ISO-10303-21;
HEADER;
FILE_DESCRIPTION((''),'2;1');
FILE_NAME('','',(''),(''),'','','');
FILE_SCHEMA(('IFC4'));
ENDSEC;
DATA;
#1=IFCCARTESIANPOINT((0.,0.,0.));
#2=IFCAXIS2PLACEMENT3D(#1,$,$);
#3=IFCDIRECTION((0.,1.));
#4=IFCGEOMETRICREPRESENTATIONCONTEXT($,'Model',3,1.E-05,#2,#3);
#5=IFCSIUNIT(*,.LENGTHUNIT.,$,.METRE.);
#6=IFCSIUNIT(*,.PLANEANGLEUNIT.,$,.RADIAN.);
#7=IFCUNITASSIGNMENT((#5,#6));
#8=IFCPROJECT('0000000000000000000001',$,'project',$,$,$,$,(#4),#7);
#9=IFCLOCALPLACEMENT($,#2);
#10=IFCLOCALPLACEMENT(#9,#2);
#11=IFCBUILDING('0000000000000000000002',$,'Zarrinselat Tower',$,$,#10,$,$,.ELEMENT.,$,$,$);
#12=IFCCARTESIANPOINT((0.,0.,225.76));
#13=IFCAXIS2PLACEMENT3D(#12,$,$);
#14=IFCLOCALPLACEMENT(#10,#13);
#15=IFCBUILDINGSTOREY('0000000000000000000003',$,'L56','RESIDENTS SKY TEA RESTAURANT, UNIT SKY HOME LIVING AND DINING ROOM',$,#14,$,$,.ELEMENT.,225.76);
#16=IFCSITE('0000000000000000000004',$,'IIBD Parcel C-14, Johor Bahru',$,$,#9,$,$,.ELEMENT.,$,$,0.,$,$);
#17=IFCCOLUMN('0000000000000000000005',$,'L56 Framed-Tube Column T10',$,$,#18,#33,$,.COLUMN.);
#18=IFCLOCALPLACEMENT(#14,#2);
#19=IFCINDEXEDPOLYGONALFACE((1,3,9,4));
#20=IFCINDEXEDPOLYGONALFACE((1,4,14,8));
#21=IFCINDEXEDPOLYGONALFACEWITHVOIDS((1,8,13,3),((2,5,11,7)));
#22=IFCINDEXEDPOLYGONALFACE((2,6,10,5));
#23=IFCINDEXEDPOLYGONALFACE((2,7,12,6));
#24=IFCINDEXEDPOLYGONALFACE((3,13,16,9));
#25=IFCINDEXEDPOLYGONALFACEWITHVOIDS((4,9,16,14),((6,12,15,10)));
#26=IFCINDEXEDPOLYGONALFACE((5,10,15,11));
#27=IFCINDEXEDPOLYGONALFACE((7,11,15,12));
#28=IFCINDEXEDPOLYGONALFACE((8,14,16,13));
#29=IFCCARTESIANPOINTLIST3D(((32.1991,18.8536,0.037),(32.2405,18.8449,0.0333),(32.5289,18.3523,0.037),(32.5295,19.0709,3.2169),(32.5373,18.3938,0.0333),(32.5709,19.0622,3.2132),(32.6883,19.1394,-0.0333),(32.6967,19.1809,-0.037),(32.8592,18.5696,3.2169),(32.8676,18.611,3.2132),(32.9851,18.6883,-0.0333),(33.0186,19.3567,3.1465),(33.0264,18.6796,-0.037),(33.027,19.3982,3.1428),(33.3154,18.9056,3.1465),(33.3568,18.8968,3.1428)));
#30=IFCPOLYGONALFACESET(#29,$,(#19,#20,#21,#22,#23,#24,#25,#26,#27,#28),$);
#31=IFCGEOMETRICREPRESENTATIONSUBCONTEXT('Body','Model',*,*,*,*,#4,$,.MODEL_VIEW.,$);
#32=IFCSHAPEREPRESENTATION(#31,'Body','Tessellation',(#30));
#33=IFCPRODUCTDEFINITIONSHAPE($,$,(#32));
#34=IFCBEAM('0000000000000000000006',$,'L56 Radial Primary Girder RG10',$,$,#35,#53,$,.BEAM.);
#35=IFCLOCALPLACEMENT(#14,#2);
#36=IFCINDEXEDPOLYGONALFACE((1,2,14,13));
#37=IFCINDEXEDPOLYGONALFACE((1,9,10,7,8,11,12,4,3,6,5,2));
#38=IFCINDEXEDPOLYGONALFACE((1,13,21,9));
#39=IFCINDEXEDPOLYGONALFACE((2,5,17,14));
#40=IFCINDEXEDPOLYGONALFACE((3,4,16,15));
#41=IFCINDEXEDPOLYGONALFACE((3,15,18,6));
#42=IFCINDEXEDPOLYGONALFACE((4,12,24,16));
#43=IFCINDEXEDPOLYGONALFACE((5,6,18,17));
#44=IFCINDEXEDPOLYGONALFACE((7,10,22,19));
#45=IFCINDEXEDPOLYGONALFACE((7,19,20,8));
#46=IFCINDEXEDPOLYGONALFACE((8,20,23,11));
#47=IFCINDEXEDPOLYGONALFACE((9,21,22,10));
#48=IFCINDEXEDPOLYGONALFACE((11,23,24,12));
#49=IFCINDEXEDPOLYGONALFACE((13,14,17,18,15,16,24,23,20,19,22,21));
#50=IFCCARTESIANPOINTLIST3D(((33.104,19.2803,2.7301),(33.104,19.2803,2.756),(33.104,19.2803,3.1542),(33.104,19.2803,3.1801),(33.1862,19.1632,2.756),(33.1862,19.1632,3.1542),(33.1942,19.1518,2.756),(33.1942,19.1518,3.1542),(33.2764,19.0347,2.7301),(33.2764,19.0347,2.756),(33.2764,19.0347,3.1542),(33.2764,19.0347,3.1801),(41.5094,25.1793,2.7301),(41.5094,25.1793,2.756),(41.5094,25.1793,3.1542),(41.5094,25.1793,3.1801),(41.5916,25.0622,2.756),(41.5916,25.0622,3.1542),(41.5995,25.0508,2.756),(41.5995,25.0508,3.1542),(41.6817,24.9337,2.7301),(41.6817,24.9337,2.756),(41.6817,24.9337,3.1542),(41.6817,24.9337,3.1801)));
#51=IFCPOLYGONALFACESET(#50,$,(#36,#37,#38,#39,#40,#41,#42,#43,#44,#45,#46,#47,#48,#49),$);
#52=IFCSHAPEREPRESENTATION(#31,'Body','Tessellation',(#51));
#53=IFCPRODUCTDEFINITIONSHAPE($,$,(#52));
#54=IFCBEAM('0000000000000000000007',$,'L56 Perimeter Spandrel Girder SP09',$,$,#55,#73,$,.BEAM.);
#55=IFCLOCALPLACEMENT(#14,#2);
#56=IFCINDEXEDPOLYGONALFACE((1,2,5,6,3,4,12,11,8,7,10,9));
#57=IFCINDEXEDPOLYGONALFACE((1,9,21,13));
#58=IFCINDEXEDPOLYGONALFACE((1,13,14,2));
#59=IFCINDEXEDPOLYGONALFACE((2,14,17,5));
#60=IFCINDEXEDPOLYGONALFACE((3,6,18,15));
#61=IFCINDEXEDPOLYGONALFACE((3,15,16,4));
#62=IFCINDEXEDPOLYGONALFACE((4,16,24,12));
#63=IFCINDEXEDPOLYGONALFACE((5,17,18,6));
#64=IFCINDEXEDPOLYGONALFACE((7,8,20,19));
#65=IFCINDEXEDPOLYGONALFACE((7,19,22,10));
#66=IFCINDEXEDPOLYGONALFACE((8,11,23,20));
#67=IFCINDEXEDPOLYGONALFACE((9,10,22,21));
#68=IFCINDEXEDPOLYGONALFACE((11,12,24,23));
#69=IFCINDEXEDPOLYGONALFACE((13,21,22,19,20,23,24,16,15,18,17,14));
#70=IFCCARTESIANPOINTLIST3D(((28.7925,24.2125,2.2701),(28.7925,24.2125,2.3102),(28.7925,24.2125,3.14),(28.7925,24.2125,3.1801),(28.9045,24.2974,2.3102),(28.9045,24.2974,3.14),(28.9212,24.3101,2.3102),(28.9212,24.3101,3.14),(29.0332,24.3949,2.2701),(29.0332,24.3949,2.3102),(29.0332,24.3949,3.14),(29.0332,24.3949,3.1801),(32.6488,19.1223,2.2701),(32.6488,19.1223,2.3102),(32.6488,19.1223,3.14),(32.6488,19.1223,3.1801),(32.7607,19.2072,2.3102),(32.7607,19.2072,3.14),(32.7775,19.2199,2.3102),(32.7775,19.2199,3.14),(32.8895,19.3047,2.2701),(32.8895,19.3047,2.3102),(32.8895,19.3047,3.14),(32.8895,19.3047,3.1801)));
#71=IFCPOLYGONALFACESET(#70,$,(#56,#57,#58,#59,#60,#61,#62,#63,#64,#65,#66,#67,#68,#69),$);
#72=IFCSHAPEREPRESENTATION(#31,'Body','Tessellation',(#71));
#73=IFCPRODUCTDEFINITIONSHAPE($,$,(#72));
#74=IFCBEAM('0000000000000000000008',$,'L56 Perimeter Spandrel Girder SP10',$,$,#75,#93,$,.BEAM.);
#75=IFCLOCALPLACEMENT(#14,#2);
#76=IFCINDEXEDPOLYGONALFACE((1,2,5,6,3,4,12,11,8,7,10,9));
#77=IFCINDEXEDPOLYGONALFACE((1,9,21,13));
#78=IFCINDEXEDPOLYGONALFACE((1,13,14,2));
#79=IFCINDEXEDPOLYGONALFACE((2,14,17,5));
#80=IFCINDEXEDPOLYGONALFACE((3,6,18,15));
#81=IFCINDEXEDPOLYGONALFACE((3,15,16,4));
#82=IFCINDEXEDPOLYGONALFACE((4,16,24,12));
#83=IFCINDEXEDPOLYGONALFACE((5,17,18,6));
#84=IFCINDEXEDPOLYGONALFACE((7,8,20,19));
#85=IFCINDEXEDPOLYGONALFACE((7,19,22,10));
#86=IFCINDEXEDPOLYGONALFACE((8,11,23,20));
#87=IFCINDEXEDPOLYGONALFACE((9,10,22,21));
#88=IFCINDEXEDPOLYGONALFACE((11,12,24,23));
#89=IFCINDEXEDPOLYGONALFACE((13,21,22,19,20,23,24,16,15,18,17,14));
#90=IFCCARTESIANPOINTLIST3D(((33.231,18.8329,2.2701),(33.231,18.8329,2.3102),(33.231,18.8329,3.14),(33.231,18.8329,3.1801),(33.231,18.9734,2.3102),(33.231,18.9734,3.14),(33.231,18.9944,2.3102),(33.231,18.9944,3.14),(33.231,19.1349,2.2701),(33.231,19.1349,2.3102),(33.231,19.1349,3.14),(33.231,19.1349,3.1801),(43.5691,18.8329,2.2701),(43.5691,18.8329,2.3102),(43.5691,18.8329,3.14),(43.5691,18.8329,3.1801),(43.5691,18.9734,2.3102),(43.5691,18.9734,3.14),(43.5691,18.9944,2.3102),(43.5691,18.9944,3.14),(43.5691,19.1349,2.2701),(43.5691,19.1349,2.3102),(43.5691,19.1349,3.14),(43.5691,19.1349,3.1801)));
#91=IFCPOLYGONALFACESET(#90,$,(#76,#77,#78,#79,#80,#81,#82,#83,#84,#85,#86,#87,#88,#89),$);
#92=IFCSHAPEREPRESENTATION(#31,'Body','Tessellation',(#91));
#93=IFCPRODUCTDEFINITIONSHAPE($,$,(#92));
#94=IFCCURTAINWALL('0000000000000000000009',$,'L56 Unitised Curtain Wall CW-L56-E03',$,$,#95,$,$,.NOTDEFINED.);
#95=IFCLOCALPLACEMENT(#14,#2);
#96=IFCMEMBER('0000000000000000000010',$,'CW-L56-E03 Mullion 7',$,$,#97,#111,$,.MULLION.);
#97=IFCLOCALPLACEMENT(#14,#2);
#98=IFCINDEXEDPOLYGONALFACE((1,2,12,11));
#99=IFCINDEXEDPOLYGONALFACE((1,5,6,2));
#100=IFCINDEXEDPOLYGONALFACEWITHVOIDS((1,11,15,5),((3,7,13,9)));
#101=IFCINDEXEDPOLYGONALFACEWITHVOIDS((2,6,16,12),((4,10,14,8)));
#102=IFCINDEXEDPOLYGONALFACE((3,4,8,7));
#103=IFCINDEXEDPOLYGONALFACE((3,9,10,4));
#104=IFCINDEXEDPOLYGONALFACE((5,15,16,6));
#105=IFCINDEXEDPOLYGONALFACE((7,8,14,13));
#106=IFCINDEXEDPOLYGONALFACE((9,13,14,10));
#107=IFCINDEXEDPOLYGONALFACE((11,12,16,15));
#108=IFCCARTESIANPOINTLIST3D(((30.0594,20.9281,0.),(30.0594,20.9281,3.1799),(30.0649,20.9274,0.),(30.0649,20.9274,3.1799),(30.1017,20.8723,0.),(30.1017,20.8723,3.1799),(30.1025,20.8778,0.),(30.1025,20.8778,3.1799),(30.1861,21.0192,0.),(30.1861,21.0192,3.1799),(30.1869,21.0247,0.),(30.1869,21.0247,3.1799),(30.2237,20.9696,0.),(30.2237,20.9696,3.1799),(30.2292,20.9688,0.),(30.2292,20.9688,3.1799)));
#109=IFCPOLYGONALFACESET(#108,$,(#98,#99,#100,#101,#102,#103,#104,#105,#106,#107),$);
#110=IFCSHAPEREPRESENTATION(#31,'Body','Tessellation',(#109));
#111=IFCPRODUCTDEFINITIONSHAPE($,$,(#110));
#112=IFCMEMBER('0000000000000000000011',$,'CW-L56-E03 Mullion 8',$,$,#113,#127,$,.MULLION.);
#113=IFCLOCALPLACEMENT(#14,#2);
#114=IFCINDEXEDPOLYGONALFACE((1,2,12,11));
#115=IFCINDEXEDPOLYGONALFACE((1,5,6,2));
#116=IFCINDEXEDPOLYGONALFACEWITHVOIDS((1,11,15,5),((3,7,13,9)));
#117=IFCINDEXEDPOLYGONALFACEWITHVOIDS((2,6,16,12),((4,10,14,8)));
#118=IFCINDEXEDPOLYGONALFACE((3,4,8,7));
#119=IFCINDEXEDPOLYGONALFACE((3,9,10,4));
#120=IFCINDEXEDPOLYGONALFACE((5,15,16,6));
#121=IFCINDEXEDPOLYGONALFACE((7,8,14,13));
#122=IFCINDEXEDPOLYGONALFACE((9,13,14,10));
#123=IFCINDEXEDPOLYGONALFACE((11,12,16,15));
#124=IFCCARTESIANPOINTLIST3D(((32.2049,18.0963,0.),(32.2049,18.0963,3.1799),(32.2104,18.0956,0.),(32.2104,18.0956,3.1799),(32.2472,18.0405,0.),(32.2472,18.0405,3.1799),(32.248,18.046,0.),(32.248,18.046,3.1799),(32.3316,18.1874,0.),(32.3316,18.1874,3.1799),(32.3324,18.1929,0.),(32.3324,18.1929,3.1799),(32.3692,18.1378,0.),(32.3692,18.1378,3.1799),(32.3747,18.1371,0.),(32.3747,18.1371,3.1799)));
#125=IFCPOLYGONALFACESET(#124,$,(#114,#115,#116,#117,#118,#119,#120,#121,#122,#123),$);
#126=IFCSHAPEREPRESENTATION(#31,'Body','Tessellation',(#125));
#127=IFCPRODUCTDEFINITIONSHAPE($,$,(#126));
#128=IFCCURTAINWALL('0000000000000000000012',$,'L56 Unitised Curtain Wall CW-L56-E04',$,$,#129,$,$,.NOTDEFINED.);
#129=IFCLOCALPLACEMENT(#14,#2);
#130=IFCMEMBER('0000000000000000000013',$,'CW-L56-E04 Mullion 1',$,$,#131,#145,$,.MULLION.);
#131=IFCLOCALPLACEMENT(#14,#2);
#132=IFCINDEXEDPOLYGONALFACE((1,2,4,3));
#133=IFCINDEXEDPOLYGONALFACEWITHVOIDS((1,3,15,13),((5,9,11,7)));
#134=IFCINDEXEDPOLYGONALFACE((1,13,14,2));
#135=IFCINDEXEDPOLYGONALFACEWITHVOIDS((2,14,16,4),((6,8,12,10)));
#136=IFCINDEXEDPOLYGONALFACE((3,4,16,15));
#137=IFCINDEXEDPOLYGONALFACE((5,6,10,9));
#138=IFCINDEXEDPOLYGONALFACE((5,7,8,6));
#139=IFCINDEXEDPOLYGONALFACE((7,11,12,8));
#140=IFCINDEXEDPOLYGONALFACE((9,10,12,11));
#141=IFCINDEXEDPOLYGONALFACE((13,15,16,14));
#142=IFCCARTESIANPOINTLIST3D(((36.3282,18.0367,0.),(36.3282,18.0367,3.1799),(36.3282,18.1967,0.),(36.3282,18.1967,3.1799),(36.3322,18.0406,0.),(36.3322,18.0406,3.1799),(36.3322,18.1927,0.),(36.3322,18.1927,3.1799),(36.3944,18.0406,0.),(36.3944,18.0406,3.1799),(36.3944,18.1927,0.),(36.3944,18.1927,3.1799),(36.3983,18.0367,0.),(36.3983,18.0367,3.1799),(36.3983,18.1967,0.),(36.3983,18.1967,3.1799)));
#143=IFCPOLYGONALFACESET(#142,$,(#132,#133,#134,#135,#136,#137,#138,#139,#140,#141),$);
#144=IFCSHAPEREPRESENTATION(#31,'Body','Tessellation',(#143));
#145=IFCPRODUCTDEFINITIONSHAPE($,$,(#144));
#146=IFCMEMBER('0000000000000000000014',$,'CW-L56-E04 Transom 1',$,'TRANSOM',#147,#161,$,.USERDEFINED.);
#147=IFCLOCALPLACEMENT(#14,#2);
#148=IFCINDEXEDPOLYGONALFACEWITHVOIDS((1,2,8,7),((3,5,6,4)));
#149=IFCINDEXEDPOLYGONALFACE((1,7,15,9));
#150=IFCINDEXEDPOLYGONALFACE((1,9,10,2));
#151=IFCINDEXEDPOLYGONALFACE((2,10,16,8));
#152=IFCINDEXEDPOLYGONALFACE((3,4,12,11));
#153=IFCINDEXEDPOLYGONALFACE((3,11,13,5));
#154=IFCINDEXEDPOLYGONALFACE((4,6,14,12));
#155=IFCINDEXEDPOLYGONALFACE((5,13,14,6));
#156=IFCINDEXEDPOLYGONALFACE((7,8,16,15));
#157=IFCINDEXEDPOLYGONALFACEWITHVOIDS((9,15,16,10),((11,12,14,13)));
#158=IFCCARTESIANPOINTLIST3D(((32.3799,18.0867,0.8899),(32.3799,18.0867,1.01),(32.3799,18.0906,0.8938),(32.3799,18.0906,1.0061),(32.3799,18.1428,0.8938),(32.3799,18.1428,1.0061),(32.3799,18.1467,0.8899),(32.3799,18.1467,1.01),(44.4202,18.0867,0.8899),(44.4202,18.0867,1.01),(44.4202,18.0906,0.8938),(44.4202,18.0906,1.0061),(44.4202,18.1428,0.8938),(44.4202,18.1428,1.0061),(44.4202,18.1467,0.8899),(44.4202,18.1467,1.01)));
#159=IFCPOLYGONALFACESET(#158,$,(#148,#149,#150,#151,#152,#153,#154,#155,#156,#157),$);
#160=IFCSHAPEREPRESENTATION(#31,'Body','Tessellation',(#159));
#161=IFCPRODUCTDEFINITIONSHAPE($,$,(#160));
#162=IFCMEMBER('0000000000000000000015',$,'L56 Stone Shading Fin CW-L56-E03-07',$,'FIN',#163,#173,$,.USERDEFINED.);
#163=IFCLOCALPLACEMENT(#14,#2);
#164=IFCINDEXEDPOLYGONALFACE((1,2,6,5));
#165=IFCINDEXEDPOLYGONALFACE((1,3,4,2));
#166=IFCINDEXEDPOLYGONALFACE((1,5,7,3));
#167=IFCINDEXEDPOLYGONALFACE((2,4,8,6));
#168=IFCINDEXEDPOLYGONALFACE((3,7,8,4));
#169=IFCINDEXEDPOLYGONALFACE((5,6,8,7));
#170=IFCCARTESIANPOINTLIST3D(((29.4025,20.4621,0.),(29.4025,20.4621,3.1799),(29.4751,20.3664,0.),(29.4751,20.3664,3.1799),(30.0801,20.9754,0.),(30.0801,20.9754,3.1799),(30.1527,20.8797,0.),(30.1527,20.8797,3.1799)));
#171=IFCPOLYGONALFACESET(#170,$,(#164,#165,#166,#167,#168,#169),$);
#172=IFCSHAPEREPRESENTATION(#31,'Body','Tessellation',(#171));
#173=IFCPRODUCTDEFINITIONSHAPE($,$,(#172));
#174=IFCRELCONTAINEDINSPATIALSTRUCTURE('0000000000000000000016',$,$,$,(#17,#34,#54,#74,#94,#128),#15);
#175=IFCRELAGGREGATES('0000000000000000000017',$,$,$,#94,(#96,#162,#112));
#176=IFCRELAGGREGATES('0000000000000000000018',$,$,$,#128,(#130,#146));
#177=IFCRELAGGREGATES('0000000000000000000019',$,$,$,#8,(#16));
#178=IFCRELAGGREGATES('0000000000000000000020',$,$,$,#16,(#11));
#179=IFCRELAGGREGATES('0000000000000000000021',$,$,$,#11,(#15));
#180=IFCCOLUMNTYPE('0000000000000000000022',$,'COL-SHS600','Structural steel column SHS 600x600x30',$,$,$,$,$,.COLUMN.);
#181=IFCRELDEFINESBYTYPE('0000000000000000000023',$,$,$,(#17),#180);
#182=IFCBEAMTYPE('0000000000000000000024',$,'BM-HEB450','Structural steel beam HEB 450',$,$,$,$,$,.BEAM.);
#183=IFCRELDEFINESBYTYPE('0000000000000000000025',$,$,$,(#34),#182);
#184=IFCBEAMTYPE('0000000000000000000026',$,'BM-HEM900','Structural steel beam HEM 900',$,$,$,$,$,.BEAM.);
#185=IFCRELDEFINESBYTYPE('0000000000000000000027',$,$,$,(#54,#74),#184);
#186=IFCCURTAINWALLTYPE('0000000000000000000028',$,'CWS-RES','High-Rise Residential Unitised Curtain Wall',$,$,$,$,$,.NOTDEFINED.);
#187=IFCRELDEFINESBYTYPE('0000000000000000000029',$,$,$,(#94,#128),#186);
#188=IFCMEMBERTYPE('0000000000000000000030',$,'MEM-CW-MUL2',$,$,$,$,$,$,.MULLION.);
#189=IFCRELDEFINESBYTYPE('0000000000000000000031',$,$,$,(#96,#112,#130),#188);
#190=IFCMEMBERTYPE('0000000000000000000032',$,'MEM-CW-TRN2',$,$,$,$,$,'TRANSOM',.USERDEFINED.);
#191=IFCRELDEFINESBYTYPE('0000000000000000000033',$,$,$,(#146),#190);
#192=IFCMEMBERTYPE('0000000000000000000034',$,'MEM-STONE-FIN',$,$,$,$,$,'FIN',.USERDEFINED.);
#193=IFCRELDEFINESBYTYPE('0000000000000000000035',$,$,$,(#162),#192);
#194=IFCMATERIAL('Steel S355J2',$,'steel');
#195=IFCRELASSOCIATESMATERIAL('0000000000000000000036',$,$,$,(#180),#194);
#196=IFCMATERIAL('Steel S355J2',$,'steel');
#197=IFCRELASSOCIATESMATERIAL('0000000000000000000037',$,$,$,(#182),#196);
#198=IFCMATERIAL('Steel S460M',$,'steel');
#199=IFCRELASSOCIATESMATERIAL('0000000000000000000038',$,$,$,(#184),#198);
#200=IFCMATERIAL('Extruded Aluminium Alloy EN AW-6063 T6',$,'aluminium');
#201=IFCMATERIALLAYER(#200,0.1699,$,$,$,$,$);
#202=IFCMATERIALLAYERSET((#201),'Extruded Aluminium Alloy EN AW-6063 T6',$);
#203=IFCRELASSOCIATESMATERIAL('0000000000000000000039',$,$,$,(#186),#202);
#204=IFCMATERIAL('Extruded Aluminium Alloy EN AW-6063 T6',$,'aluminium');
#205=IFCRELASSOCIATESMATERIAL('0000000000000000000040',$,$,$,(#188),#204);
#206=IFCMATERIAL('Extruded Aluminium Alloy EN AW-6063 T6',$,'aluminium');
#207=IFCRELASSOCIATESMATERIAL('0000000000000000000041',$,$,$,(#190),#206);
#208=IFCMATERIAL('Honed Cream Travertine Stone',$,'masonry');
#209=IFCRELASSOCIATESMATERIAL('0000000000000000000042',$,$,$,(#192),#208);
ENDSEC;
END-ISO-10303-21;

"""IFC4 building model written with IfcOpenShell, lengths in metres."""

from ifc_helpers import new_model, si_unit, direction, frame, origin, origin_2d, place, context, subcontext, project, spatial, rectangle, hollow_rectangle, i_section, extrude, material, layer, layer_set, material_profile, profile_set, type_object, element, aggregate, save


model = new_model("IFC4")

# Units and contexts
model_context = context("Model", 3, precision=1e-05, world=origin(), true_north=direction((0.0, 1.0)))
body_context = subcontext(model_context, "Body", "Model", "MODEL_VIEW")
ifc_project = project(units=[si_unit("LENGTHUNIT", "METRE"), si_unit("PLANEANGLEUNIT", "RADIAN")], contexts=[model_context])

# Site, building, storey
site_placement = place(None, origin())
site = spatial("IfcSite", under=ifc_project, at=site_placement, Name="IIBD Parcel C-14, Johor Bahru", CompositionType="ELEMENT", RefElevation=0.0)
building_placement = place(site_placement, origin())
building = spatial("IfcBuilding", under=site, at=building_placement, Name="Zarrinselat Tower", CompositionType="ELEMENT")
storey_placement = place(building_placement, frame((0.0, 0.0, 225.76)))
storey = spatial("IfcBuildingStorey", under=building, at=storey_placement, Name="L56", Description="RESIDENTS SKY TEA RESTAURANT, UNIT SKY HOME LIVING AND DINING ROOM", CompositionType="ELEMENT", Elevation=225.76)

# Column
ifc_material_1 = material(Name="Steel S355J2", Category="steel")
ifc_material_profile_1 = material_profile(ifc_material_1, hollow_rectangle(XDim=0.6001, YDim=0.6001, WallThickness=0.03, at=origin_2d()), Name="SHS 600x600x30")
ifc_profile_set_1 = profile_set([ifc_material_profile_1], Name="Steel S355J2")
column_type = type_object("IfcColumnType", Name="COL-SHS600", Description="Structural steel column SHS 600x600x30", PredefinedType="COLUMN", material=ifc_profile_set_1)
column_placement = place(storey_placement, frame((32.6128, 18.7666, 0.0), z_axis=(0.103083, 0.067808, 0.992359), x_axis=(-0.54956, 0.835454, 0.0)))
element("IfcColumn", 1, at=column_placement, inside=storey, type_object=column_type, Name="L56 Framed-Tube Column T10", PredefinedType="COLUMN", context=body_context, shape_type="SweptSolid", body=[
    extrude(hollow_rectangle(XDim=0.6001, YDim=0.6001, WallThickness=0.03, at=origin_2d()), origin(), (0.0, 0.0, 1.0), 3.2043),
])

# Beams
ifc_material_2 = material(Name="Steel S355J2", Category="steel")
ifc_material_profile_2 = material_profile(ifc_material_2, i_section(OverallWidth=0.3, OverallDepth=0.45, WebThickness=0.0139, FlangeThickness=0.0259, at=origin_2d()), Name="HEB 450")
ifc_profile_set_2 = profile_set([ifc_material_profile_2], Name="Steel S355J2")
beam_type_1 = type_object("IfcBeamType", Name="BM-HEB450", Description="Structural steel beam HEB 450", PredefinedType="BEAM", material=ifc_profile_set_2)
beam_1_placement = place(storey_placement, frame((33.1902, 19.1575, 2.9551), z_axis=(0.818534, 0.574458, 0.0), x_axis=(-0.574458, 0.818534, 0.0)))
element("IfcBeam", 2, at=beam_1_placement, inside=storey, type_object=beam_type_1, Name="L56 Radial Primary Girder RG10", PredefinedType="BEAM", context=body_context, shape_type="SweptSolid", body=[
    extrude(i_section(OverallWidth=0.3, OverallDepth=0.45, WebThickness=0.0139, FlangeThickness=0.0259, at=origin_2d()), origin(), (0.0, 0.0, 1.0), 10.2688),
])
ifc_material_3 = material(Name="Steel S460M", Category="steel")
ifc_material_profile_3 = material_profile(ifc_material_3, i_section(OverallWidth=0.302, OverallDepth=0.9099, WebThickness=0.021, FlangeThickness=0.04, at=origin_2d()), Name="HEM 900")
ifc_profile_set_3 = profile_set([ifc_material_profile_3], Name="Steel S460M")
beam_type_2 = type_object("IfcBeamType", Name="BM-HEM900", Description="Structural steel beam HEM 900", PredefinedType="BEAM", material=ifc_profile_set_3)
beam_2_placement = place(storey_placement, frame((28.9128, 24.3037, 2.7251), z_axis=(0.603865, -0.797087, 0.0), x_axis=(0.797087, 0.603865, 0.0)))
element("IfcBeam", 3, at=beam_2_placement, inside=storey, type_object=beam_type_2, Name="L56 Perimeter Spandrel Girder SP09", PredefinedType="BEAM", context=body_context, shape_type="SweptSolid", body=[
    extrude(i_section(OverallWidth=0.302, OverallDepth=0.9099, WebThickness=0.021, FlangeThickness=0.04, at=origin_2d()), origin(), (0.0, 0.0, 1.0), 6.386),
])
beam_3_placement = place(storey_placement, frame((33.231, 18.9839, 2.7251), z_axis=(1.0, 0.0, 0.0), x_axis=(0.0, 1.0, 0.0)))
element("IfcBeam", 4, at=beam_3_placement, inside=storey, type_object=beam_type_2, Name="L56 Perimeter Spandrel Girder SP10", PredefinedType="BEAM", context=body_context, shape_type="SweptSolid", body=[
    extrude(i_section(OverallWidth=0.302, OverallDepth=0.9099, WebThickness=0.021, FlangeThickness=0.04, at=origin_2d()), origin(), (0.0, 0.0, 1.0), 10.3381),
])

# Curtain walls, members
ifc_material_4 = material(Name="Extruded Aluminium Alloy EN AW-6063 T6", Category="aluminium")
ifc_layer_1 = layer(ifc_material_4, 0.1699)
ifc_layer_set_1 = layer_set([ifc_layer_1], Name="Extruded Aluminium Alloy EN AW-6063 T6")
curtain_wall_type = type_object("IfcCurtainWallType", Name="CWS-RES", Description="High-Rise Residential Unitised Curtain Wall", PredefinedType="NOTDEFINED", material=ifc_layer_set_1)
curtain_wall_1_placement = place(storey_placement, origin())
curtain_wall_1 = element("IfcCurtainWall", 5, at=curtain_wall_1_placement, inside=storey, type_object=curtain_wall_type, Name="L56 Unitised Curtain Wall CW-L56-E03", PredefinedType="NOTDEFINED")
ifc_material_5 = material(Name="Extruded Aluminium Alloy EN AW-6063 T6", Category="aluminium")
ifc_material_profile_4 = material_profile(ifc_material_5, hollow_rectangle(XDim=0.0701, YDim=0.1599, WallThickness=0.0039, at=origin_2d()), Name="RHS 160x70x4")
ifc_profile_set_4 = profile_set([ifc_material_profile_4], Name="Extruded Aluminium Alloy EN AW-6063 T6")
member_type_1 = type_object("IfcMemberType", Name="MEM-CW-MUL2", PredefinedType="MULLION", material=ifc_profile_set_4)
member_1_placement = place(storey_placement, frame((30.1443, 20.9485, 0.0), z_axis=(0.0, 0.0, 1.0), x_axis=(0.60386, -0.797091, 0.0)))
member_1 = element("IfcMember", 6, at=member_1_placement, type_object=member_type_1, Name="CW-L56-E03 Mullion 7", PredefinedType="MULLION", context=body_context, shape_type="SweptSolid", body=[
    extrude(hollow_rectangle(XDim=0.0701, YDim=0.1599, WallThickness=0.0039, at=origin_2d()), origin(), (0.0, 0.0, 1.0), 3.1799),
])
member_2_placement = place(storey_placement, frame((32.2898, 18.1167, 0.0), z_axis=(0.0, 0.0, 1.0), x_axis=(0.60386, -0.797091, 0.0)))
member_2 = element("IfcMember", 7, at=member_2_placement, type_object=member_type_1, Name="CW-L56-E03 Mullion 8", PredefinedType="MULLION", context=body_context, shape_type="SweptSolid", body=[
    extrude(hollow_rectangle(XDim=0.0701, YDim=0.1599, WallThickness=0.0039, at=origin_2d()), origin(), (0.0, 0.0, 1.0), 3.1799),
])
curtain_wall_2_placement = place(storey_placement, origin())
curtain_wall_2 = element("IfcCurtainWall", 8, at=curtain_wall_2_placement, inside=storey, type_object=curtain_wall_type, Name="L56 Unitised Curtain Wall CW-L56-E04", PredefinedType="NOTDEFINED")
member_3_placement = place(storey_placement, frame((36.3633, 18.1167, 0.0), z_axis=(0.0, 0.0, 1.0), x_axis=(1.0, 0.0, 0.0)))
member_3 = element("IfcMember", 9, at=member_3_placement, type_object=member_type_1, Name="CW-L56-E04 Mullion 1", PredefinedType="MULLION", context=body_context, shape_type="SweptSolid", body=[
    extrude(hollow_rectangle(XDim=0.0701, YDim=0.1599, WallThickness=0.0039, at=origin_2d()), origin(), (0.0, 0.0, 1.0), 3.1799),
])
ifc_material_6 = material(Name="Extruded Aluminium Alloy EN AW-6063 T6", Category="aluminium")
ifc_material_profile_5 = material_profile(ifc_material_6, hollow_rectangle(XDim=0.0601, YDim=0.1201, WallThickness=0.0039, at=origin_2d()), Name="RHS 120x60x4")
ifc_profile_set_5 = profile_set([ifc_material_profile_5], Name="Extruded Aluminium Alloy EN AW-6063 T6")
member_type_2 = type_object("IfcMemberType", Name="MEM-CW-TRN2", ElementType="TRANSOM", PredefinedType="USERDEFINED", material=ifc_profile_set_5)
member_4_placement = place(storey_placement, frame((32.3799, 18.1167, 0.95), z_axis=(1.0, 0.0, 0.0), x_axis=(0.0, 1.0, 0.0)))
member_4 = element("IfcMember", 10, at=member_4_placement, type_object=member_type_2, Name="CW-L56-E04 Transom 1", ObjectType="TRANSOM", PredefinedType="USERDEFINED", context=body_context, shape_type="SweptSolid", body=[
    extrude(hollow_rectangle(XDim=0.0601, YDim=0.1201, WallThickness=0.0039, at=origin_2d()), origin(), (0.0, 0.0, 1.0), 12.0403),
])

# Member
ifc_material_7 = material(Name="Honed Cream Travertine Stone", Category="masonry")
ifc_material_profile_6 = material_profile(ifc_material_7, rectangle(XDim=0.1201, YDim=0.8501, at=origin_2d()), Name="FIN 850x120")
ifc_profile_set_6 = profile_set([ifc_material_profile_6], Name="Honed Cream Travertine Stone")
member_type_3 = type_object("IfcMemberType", Name="MEM-STONE-FIN", ElementType="FIN", PredefinedType="USERDEFINED", material=ifc_profile_set_6)
member_5_placement = place(storey_placement, frame((29.7776, 20.6709, 0.0), z_axis=(0.0, 0.0, 1.0), x_axis=(-0.60386, 0.797091, 0.0)))
member_5 = element("IfcMember", 11, at=member_5_placement, type_object=member_type_3, Name="L56 Stone Shading Fin CW-L56-E03-07", ObjectType="FIN", PredefinedType="USERDEFINED", context=body_context, shape_type="SweptSolid", body=[
    extrude(rectangle(XDim=0.1201, YDim=0.8501, at=origin_2d()), origin(), (0.0, 0.0, 1.0), 3.1799),
])

aggregate(curtain_wall_1, [member_1, member_5, member_2])
aggregate(curtain_wall_2, [member_3, member_4])

save(model, "model.ifc")
